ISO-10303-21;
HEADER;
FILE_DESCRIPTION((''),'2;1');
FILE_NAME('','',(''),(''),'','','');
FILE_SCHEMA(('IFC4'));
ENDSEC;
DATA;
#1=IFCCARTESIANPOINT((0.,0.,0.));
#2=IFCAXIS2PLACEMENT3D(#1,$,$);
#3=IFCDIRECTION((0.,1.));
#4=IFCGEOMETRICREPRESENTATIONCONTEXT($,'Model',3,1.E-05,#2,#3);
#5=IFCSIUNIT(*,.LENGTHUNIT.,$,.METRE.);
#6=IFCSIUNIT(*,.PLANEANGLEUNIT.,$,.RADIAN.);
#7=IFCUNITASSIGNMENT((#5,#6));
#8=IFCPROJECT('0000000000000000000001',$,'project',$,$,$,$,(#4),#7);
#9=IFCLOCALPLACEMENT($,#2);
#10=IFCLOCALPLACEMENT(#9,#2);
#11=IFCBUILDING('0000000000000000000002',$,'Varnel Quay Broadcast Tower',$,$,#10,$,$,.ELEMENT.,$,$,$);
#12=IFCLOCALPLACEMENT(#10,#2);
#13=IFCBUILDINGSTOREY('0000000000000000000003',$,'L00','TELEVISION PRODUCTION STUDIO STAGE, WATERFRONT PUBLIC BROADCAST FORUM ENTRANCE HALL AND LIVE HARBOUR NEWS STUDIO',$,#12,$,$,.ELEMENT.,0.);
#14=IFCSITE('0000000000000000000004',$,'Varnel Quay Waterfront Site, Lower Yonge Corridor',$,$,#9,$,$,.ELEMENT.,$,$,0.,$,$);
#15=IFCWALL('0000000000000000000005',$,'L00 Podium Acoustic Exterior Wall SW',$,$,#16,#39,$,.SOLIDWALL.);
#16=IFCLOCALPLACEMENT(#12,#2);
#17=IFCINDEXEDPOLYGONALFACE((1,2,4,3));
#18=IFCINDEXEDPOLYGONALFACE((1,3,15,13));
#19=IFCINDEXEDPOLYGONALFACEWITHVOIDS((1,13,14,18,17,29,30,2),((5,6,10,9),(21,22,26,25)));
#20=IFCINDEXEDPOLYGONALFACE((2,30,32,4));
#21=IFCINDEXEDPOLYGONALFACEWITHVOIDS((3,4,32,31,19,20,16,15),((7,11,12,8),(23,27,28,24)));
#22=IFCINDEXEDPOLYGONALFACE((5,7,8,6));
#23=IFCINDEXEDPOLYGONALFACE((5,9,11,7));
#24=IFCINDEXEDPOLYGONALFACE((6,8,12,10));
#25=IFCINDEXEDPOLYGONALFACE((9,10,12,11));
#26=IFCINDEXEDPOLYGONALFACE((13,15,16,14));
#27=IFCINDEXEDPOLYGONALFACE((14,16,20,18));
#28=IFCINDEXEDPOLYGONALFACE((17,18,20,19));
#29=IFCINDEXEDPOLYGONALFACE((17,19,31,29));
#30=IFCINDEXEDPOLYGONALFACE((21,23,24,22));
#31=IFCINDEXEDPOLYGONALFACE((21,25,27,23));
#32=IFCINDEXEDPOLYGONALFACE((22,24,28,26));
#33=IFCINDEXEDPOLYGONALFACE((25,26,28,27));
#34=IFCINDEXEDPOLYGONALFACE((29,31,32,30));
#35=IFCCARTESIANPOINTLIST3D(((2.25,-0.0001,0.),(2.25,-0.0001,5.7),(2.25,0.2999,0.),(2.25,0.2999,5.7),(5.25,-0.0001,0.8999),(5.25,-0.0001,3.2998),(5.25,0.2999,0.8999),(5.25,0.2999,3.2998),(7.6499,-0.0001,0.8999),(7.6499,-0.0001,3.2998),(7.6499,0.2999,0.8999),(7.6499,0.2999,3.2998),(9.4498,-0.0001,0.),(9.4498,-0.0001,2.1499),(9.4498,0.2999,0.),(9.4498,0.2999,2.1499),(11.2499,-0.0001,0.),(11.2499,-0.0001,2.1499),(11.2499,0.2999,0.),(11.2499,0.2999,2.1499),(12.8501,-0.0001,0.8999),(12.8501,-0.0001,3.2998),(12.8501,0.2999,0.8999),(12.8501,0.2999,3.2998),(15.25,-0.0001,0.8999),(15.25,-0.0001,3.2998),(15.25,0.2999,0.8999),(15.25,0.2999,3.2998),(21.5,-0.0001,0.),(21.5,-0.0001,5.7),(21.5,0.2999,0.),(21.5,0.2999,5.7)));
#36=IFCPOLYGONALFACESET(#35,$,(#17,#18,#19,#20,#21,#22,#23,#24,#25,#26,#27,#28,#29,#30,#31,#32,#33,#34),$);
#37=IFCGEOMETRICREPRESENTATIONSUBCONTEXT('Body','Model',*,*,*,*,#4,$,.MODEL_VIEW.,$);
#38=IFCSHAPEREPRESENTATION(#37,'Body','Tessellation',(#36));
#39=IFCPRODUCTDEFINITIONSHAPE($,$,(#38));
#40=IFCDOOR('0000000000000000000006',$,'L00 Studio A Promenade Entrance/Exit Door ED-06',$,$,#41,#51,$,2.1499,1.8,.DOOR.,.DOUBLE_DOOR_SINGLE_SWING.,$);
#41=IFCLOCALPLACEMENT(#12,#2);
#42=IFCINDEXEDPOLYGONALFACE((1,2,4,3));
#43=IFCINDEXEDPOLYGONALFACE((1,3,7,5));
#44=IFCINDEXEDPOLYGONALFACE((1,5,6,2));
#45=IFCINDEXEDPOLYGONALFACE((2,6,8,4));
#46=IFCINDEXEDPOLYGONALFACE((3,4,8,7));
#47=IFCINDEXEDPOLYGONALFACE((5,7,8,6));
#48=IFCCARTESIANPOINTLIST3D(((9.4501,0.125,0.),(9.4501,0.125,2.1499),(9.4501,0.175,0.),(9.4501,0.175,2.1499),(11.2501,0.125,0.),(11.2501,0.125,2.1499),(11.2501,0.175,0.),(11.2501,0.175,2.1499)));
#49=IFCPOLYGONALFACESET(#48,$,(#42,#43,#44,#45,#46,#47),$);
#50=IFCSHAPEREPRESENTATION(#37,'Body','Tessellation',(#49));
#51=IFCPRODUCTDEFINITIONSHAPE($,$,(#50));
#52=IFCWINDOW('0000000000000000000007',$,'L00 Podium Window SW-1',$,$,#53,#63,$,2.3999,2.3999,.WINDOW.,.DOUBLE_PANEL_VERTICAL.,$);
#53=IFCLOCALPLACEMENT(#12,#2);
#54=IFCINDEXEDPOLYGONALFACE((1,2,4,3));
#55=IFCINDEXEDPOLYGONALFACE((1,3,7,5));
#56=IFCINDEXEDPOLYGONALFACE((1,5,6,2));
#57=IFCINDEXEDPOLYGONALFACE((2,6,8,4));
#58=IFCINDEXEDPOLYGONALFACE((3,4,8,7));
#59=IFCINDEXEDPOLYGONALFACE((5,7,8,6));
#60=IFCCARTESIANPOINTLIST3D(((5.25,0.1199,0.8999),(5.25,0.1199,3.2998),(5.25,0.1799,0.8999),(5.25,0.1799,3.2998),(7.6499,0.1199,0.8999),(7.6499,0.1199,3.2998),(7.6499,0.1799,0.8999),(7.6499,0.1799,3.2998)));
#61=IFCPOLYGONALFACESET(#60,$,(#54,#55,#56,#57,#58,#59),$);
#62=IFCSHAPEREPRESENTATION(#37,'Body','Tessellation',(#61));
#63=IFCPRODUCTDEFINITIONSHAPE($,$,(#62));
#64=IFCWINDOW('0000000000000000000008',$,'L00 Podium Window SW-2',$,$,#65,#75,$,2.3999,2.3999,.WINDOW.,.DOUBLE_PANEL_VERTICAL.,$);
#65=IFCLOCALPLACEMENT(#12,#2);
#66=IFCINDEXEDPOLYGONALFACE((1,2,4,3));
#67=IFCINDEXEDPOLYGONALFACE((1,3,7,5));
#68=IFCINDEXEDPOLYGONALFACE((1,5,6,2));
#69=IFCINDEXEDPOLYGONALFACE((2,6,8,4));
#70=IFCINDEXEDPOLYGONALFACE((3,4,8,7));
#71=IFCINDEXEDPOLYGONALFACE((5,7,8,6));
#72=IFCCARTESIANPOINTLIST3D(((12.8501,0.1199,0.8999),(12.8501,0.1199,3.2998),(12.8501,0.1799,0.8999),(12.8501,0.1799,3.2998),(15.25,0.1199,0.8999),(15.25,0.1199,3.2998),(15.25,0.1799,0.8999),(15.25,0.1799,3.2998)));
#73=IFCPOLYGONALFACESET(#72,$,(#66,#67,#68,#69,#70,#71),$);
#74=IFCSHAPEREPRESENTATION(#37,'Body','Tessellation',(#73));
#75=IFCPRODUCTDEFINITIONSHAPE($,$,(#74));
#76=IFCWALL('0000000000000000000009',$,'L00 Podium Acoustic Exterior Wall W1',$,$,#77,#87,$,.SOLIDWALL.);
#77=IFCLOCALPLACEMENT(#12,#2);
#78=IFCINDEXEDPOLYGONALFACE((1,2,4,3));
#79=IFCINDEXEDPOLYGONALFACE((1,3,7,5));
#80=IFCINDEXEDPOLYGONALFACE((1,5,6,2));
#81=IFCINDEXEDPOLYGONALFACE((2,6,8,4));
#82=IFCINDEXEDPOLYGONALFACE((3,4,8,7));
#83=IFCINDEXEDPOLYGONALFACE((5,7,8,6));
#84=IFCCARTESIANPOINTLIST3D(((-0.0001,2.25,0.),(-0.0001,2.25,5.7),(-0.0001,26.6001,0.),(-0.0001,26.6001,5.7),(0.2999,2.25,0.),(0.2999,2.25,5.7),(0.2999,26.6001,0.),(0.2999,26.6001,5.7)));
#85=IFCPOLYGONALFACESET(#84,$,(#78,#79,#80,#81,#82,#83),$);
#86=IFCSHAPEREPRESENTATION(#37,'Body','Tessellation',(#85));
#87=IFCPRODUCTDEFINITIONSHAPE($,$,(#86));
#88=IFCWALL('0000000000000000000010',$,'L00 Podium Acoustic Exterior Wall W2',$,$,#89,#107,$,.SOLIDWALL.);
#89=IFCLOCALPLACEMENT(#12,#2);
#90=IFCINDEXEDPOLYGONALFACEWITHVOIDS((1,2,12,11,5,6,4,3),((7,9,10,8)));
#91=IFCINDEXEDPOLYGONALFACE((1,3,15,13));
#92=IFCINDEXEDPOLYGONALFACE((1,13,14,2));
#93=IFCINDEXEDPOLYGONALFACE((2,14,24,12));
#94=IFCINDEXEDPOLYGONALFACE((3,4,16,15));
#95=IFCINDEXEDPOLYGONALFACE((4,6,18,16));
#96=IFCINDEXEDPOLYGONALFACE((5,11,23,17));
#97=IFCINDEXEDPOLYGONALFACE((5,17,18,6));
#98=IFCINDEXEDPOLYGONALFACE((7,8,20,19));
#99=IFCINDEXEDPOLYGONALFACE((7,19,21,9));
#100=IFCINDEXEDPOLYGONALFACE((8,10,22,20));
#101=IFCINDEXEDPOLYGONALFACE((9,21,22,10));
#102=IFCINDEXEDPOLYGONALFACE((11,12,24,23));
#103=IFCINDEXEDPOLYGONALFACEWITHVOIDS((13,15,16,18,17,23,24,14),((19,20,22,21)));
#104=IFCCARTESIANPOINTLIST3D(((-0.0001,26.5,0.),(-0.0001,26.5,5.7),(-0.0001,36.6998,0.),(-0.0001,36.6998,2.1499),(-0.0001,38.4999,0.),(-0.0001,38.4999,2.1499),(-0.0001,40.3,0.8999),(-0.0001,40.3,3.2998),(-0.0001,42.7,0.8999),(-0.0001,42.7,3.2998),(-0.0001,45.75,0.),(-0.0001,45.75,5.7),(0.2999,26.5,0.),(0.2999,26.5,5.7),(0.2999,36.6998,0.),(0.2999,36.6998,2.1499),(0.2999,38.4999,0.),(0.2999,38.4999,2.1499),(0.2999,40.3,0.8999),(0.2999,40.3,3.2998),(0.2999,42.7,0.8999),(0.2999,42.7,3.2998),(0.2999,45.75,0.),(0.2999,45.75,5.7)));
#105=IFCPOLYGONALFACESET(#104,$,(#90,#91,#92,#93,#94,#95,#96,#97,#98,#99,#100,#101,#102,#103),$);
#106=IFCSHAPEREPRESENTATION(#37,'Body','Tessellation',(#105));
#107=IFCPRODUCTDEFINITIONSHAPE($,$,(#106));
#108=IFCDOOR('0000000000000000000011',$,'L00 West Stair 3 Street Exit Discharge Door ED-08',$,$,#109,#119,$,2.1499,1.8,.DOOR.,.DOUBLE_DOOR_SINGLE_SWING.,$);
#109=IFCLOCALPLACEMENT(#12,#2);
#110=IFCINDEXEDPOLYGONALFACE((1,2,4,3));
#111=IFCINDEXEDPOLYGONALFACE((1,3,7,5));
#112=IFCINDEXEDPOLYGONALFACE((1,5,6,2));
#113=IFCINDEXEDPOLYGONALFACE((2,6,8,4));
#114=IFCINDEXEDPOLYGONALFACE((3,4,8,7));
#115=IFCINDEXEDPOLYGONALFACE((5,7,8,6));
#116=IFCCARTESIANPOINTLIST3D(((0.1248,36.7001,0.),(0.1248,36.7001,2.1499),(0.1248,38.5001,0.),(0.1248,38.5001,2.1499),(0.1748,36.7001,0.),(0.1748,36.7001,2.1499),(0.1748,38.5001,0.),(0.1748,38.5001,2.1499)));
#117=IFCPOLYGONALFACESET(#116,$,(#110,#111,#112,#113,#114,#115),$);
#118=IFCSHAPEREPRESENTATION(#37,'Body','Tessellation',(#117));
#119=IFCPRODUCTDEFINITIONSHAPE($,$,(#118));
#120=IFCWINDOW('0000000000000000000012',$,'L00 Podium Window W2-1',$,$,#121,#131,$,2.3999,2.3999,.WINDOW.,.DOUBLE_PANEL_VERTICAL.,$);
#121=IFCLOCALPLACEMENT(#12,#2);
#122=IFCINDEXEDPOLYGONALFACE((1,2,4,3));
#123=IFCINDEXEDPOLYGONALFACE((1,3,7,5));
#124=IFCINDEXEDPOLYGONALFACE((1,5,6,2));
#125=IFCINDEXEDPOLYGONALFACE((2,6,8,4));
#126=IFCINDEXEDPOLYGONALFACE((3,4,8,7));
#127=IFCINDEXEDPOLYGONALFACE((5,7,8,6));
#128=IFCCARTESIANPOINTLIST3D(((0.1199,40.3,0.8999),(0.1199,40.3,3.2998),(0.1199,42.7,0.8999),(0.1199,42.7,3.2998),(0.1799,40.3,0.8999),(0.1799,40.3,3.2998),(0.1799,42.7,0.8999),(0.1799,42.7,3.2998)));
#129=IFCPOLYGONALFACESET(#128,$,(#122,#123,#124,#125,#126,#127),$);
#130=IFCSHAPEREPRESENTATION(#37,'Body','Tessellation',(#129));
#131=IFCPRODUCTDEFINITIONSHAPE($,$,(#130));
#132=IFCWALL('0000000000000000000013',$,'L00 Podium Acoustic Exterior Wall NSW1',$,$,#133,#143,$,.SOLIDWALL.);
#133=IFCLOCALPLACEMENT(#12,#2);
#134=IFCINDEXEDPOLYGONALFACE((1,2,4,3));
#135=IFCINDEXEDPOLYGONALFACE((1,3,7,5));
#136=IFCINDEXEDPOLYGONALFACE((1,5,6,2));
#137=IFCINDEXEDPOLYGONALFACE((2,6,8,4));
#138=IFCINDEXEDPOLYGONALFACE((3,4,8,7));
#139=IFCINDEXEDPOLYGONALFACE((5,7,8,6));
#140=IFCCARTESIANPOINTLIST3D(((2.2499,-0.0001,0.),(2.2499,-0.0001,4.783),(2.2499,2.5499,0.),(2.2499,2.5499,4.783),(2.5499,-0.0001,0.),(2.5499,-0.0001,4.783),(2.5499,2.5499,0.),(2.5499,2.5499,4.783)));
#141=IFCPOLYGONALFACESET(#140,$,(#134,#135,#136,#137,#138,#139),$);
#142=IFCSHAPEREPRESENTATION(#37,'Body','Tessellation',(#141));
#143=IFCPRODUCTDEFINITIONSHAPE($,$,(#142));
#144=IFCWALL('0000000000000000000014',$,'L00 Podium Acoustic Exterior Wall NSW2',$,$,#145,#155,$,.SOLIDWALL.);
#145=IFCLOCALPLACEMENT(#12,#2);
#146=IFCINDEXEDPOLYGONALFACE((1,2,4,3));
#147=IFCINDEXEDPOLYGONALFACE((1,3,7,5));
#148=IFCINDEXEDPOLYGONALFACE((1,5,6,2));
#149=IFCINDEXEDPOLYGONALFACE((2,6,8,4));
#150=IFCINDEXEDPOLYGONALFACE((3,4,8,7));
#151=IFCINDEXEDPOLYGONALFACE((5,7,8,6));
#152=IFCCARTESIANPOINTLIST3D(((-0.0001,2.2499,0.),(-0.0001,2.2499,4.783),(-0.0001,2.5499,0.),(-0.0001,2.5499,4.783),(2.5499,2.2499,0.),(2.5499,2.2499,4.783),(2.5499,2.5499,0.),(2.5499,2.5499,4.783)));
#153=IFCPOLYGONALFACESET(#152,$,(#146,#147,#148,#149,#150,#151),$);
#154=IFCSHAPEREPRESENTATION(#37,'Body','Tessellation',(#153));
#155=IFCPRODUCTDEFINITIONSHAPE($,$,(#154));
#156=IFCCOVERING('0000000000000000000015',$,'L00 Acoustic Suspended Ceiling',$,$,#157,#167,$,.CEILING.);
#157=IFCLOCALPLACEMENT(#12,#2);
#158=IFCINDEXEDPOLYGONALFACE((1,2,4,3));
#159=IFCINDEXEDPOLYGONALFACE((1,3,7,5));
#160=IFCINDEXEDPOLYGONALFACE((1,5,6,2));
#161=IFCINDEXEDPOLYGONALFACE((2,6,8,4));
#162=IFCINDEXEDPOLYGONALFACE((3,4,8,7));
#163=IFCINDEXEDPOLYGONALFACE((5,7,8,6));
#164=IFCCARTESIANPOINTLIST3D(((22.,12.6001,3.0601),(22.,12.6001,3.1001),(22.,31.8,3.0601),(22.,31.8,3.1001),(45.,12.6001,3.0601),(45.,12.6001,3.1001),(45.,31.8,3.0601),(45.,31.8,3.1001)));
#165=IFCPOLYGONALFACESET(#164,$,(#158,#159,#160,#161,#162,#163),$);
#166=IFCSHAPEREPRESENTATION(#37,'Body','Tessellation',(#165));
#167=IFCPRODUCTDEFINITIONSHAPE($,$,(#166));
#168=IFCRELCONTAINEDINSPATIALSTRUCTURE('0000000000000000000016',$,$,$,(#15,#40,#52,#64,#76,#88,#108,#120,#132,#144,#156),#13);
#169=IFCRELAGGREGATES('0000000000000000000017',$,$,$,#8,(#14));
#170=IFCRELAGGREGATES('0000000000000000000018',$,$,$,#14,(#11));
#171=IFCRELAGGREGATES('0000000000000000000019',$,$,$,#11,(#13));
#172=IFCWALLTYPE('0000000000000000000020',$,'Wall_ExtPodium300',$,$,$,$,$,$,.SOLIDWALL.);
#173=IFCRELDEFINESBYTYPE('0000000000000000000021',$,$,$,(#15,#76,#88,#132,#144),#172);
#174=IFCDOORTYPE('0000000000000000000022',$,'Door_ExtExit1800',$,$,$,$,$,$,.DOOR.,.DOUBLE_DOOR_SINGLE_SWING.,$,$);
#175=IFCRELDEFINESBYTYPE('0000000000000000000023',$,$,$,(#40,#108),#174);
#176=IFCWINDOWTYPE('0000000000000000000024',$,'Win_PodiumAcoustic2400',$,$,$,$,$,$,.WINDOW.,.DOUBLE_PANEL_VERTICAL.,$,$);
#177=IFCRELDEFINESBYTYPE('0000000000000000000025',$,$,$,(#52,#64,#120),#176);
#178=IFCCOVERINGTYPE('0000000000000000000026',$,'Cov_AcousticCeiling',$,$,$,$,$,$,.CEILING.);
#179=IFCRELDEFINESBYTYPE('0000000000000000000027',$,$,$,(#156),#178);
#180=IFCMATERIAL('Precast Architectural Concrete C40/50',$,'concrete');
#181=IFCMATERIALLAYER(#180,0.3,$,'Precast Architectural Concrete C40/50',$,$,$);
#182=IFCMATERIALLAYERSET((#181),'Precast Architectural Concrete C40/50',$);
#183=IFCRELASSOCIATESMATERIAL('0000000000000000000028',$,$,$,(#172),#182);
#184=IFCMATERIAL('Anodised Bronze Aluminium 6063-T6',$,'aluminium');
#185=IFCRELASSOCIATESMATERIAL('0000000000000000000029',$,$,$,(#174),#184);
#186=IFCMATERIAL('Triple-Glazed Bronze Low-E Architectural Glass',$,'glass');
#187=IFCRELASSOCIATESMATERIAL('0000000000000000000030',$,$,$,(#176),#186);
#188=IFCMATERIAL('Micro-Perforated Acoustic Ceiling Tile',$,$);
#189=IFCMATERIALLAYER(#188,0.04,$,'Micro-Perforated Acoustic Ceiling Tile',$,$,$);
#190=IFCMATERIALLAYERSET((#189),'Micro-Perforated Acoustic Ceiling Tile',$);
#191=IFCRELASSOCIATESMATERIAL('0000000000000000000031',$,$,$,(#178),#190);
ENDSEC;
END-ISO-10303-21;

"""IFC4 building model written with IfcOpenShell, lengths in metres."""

from ifc_helpers import new_model, si_unit, direction, frame, frame_2d, origin, place, context, subcontext, project, spatial, polyline, rectangle, outline, extrude, source, transform, mapped, material, layer, layer_set, type_object, type_shapes, element, fill, save


model = new_model("IFC4")

# Units and contexts
model_context = context("Model", 3, precision=1e-05, world=origin(), true_north=direction((0.0, 1.0)))
body_context = subcontext(model_context, "Body", "Model", "MODEL_VIEW")
ifc_project = project(units=[si_unit("LENGTHUNIT", "METRE"), si_unit("PLANEANGLEUNIT", "RADIAN")], contexts=[model_context])

# Site, building, storey
site_placement = place(None, origin())
site = spatial("IfcSite", under=ifc_project, at=site_placement, Name="Varnel Quay Waterfront Site, Lower Yonge Corridor", CompositionType="ELEMENT", RefElevation=0.0)
building_placement = place(site_placement, origin())
building = spatial("IfcBuilding", under=site, at=building_placement, Name="Varnel Quay Broadcast Tower", CompositionType="ELEMENT")
storey_placement = place(building_placement, origin())
storey = spatial("IfcBuildingStorey", under=building, at=storey_placement, Name="L00", Description="TELEVISION PRODUCTION STUDIO STAGE, WATERFRONT PUBLIC BROADCAST FORUM ENTRANCE HALL AND LIVE HARBOUR NEWS STUDIO", CompositionType="ELEMENT", Elevation=0.0)

# Wall, openings, door, windows
ifc_material_1 = material(Name="Precast Architectural Concrete C40/50", Category="concrete")
ifc_layer_1 = layer(ifc_material_1, 0.3, Name="Precast Architectural Concrete C40/50")
ifc_layer_set_1 = layer_set([ifc_layer_1], Name="Precast Architectural Concrete C40/50")
wall_type = type_object("IfcWallType", Name="Wall_ExtPodium300", PredefinedType="SOLIDWALL", material=ifc_layer_set_1)
wall_1_placement = place(storey_placement, frame((2.25, 0.1499, 0.0), z_axis=(0.0, 0.0, 1.0), x_axis=(1.0, 0.0, 0.0)))
wall_1 = element("IfcWall", 1, at=wall_1_placement, inside=storey, type_object=wall_type, Name="L00 Podium Acoustic Exterior Wall SW", PredefinedType="SOLIDWALL", context=body_context, shape_type="SweptSolid", body=[
    extrude(rectangle(XDim=19.25, YDim=0.3, at=frame_2d((9.625, 0.0))), origin(), (0.0, 0.0, 1.0), 5.7),
])
opening_1_placement = place(wall_1_placement, frame((7.2, 0.0, 0.0)))
opening_1 = element("IfcOpeningElement", 2, at=opening_1_placement, cuts=wall_1, PredefinedType="OPENING", context=body_context, shape_type="SweptSolid", body=[
    extrude(rectangle(XDim=1.8, YDim=2.1499, at=frame_2d((0.8999, 1.075))), frame((0.0, 0.1602, 0.0), z_axis=(0.0, -1.0, 0.0), x_axis=(1.0, 0.0, 0.0)), (0.0, 0.0, 1.0), 0.3201),
])
opening_2_placement = place(wall_1_placement, frame((3.0, 0.0, 0.8999)))
opening_2 = element("IfcOpeningElement", 3, at=opening_2_placement, cuts=wall_1, PredefinedType="OPENING", context=body_context, shape_type="SweptSolid", body=[
    extrude(rectangle(XDim=2.3999, YDim=2.3999, at=frame_2d((1.2, 1.2))), frame((0.0, 0.1602, 0.0), z_axis=(0.0, -1.0, 0.0), x_axis=(1.0, 0.0, 0.0)), (0.0, 0.0, 1.0), 0.3201),
])
opening_3_placement = place(wall_1_placement, frame((10.6001, 0.0, 0.8999)))
opening_3 = element("IfcOpeningElement", 4, at=opening_3_placement, cuts=wall_1, PredefinedType="OPENING", context=body_context, shape_type="SweptSolid", body=[
    extrude(rectangle(XDim=2.3999, YDim=2.3999, at=frame_2d((1.2, 1.2))), frame((0.0, 0.1602, 0.0), z_axis=(0.0, -1.0, 0.0), x_axis=(1.0, 0.0, 0.0)), (0.0, 0.0, 1.0), 0.3201),
])
ifc_material_2 = material(Name="Anodised Bronze Aluminium 6063-T6", Category="aluminium")
door_type = type_object("IfcDoorType", Name="Door_ExtExit1800", OperationType="DOUBLE_DOOR_SINGLE_SWING", PredefinedType="DOOR", material=ifc_material_2)
shared_shape_1 = source(origin(), body_context, "Body", "SweptSolid", [
    extrude(rectangle(XDim=1.8, YDim=2.1499, at=frame_2d((0.8999, 1.075))), frame((0.0, 0.0249, 0.0), z_axis=(0.0, -1.0, 0.0), x_axis=(1.0, 0.0, 0.0)), (0.0, 0.0, 1.0), 0.05),
])
type_shapes(door_type, [shared_shape_1])
door_1_placement = place(opening_1_placement, frame((1.8, 0.0, 0.0), z_axis=(0.0, 0.0, 1.0), x_axis=(-1.0, 0.0, 0.0)))
door_1 = element("IfcDoor", 5, at=door_1_placement, inside=storey, type_object=door_type, Name="L00 Studio A Promenade Entrance/Exit Door ED-06", OperationType="DOUBLE_DOOR_SINGLE_SWING", OverallHeight=2.1499, OverallWidth=1.8, PredefinedType="DOOR", context=body_context, shape_type="MappedRepresentation", body=[
    mapped(shared_shape_1, transform((0.0, 0.0, 0.0), x_axis=(1.0, 0.0, 0.0), y_axis=(0.0, 1.0, 0.0), z_axis=(0.0, 0.0, 1.0), scale=1.0)),
])
fill(opening_1, door_1)
ifc_material_3 = material(Name="Triple-Glazed Bronze Low-E Architectural Glass", Category="glass")
window_type = type_object("IfcWindowType", Name="Win_PodiumAcoustic2400", PartitioningType="DOUBLE_PANEL_VERTICAL", PredefinedType="WINDOW", material=ifc_material_3)
shared_shape_2 = source(origin(), body_context, "Body", "SweptSolid", [
    extrude(rectangle(XDim=2.3999, YDim=2.3999, at=frame_2d((1.2, 1.2))), frame((0.0, 0.03, 0.0), z_axis=(0.0, -1.0, 0.0), x_axis=(1.0, 0.0, 0.0)), (0.0, 0.0, 1.0), 0.0601),
])
type_shapes(window_type, [shared_shape_2])
window_1_placement = place(opening_2_placement, origin())
window_1 = element("IfcWindow", 6, at=window_1_placement, inside=storey, type_object=window_type, Name="L00 Podium Window SW-1", OverallHeight=2.3999, OverallWidth=2.3999, PartitioningType="DOUBLE_PANEL_VERTICAL", PredefinedType="WINDOW", context=body_context, shape_type="MappedRepresentation", body=[
    mapped(shared_shape_2, transform((0.0, 0.0, 0.0), x_axis=(1.0, 0.0, 0.0), y_axis=(0.0, 1.0, 0.0), z_axis=(0.0, 0.0, 1.0), scale=1.0)),
])
fill(opening_2, window_1)
window_2_placement = place(opening_3_placement, origin())
window_2 = element("IfcWindow", 7, at=window_2_placement, inside=storey, type_object=window_type, Name="L00 Podium Window SW-2", OverallHeight=2.3999, OverallWidth=2.3999, PartitioningType="DOUBLE_PANEL_VERTICAL", PredefinedType="WINDOW", context=body_context, shape_type="MappedRepresentation", body=[
    mapped(shared_shape_2, transform((0.0, 0.0, 0.0), x_axis=(1.0, 0.0, 0.0), y_axis=(0.0, 1.0, 0.0), z_axis=(0.0, 0.0, 1.0), scale=1.0)),
])
fill(opening_3, window_2)

# Wall
wall_2_placement = place(storey_placement, frame((0.1499, 2.25, 0.0), z_axis=(0.0, 0.0, 1.0), x_axis=(0.0, 1.0, 0.0)))
element("IfcWall", 8, at=wall_2_placement, inside=storey, type_object=wall_type, Name="L00 Podium Acoustic Exterior Wall W1", PredefinedType="SOLIDWALL", context=body_context, shape_type="SweptSolid", body=[
    extrude(rectangle(XDim=24.3501, YDim=0.3, at=frame_2d((12.175, 0.0))), origin(), (0.0, 0.0, 1.0), 5.7),
])

# Wall, openings, door, window
wall_3_placement = place(storey_placement, frame((0.1499, 26.5, 0.0), z_axis=(0.0, 0.0, 1.0), x_axis=(0.0, 1.0, 0.0)))
wall_3 = element("IfcWall", 9, at=wall_3_placement, inside=storey, type_object=wall_type, Name="L00 Podium Acoustic Exterior Wall W2", PredefinedType="SOLIDWALL", context=body_context, shape_type="SweptSolid", body=[
    extrude(rectangle(XDim=19.25, YDim=0.3, at=frame_2d((9.625, 0.0))), origin(), (0.0, 0.0, 1.0), 5.7),
])
opening_4_placement = place(wall_3_placement, frame((10.2, 0.0, 0.0)))
opening_4 = element("IfcOpeningElement", 10, at=opening_4_placement, cuts=wall_3, PredefinedType="OPENING", context=body_context, shape_type="SweptSolid", body=[
    extrude(rectangle(XDim=1.8, YDim=2.1499, at=frame_2d((0.8999, 1.075))), frame((0.0, 0.1602, 0.0), z_axis=(0.0, -1.0, 0.0), x_axis=(1.0, 0.0, 0.0)), (0.0, 0.0, 1.0), 0.3201),
])
opening_5_placement = place(wall_3_placement, frame((13.8, 0.0, 0.8999)))
opening_5 = element("IfcOpeningElement", 11, at=opening_5_placement, cuts=wall_3, PredefinedType="OPENING", context=body_context, shape_type="SweptSolid", body=[
    extrude(rectangle(XDim=2.3999, YDim=2.3999, at=frame_2d((1.2, 1.2))), frame((0.0, 0.1602, 0.0), z_axis=(0.0, -1.0, 0.0), x_axis=(1.0, 0.0, 0.0)), (0.0, 0.0, 1.0), 0.3201),
])
door_2_placement = place(opening_4_placement, frame((1.8, 0.0, 0.0), z_axis=(0.0, 0.0, 1.0), x_axis=(-1.0, 0.0, 0.0)))
door_2 = element("IfcDoor", 12, at=door_2_placement, inside=storey, type_object=door_type, Name="L00 West Stair 3 Street Exit Discharge Door ED-08", OperationType="DOUBLE_DOOR_SINGLE_SWING", OverallHeight=2.1499, OverallWidth=1.8, PredefinedType="DOOR", context=body_context, shape_type="MappedRepresentation", body=[
    mapped(shared_shape_1, transform((0.0, 0.0, 0.0), x_axis=(1.0, 0.0, 0.0), y_axis=(0.0, 1.0, 0.0), z_axis=(0.0, 0.0, 1.0), scale=1.0)),
])
fill(opening_4, door_2)
window_3_placement = place(opening_5_placement, origin())
window_3 = element("IfcWindow", 13, at=window_3_placement, inside=storey, type_object=window_type, Name="L00 Podium Window W2-1", OverallHeight=2.3999, OverallWidth=2.3999, PartitioningType="DOUBLE_PANEL_VERTICAL", PredefinedType="WINDOW", context=body_context, shape_type="MappedRepresentation", body=[
    mapped(shared_shape_2, transform((0.0, 0.0, 0.0), x_axis=(1.0, 0.0, 0.0), y_axis=(0.0, 1.0, 0.0), z_axis=(0.0, 0.0, 1.0), scale=1.0)),
])
fill(opening_5, window_3)

# Walls
for number, where, z_axis, x_axis, name in (
    (14, (2.3999, 0.0, 0.0), (0.0, 0.0, 1.0), (0.0, 1.0, 0.0), "L00 Podium Acoustic Exterior Wall NSW1"),
    (15, (0.0, 2.3999, 0.0), (0.0, 0.0, 1.0), (1.0, 0.0, 0.0), "L00 Podium Acoustic Exterior Wall NSW2"),
):
    element("IfcWall", number, at=place(storey_placement, frame(where, z_axis=z_axis, x_axis=x_axis)), inside=storey, type_object=wall_type, Name=name, PredefinedType="SOLIDWALL", context=body_context, shape_type="SweptSolid", body=[
        extrude(rectangle(XDim=2.55, YDim=0.3, at=frame_2d((1.2749, 0.0))), origin(), (0.0, 0.0, 1.0), 4.783),
    ])

# Covering
ifc_material_4 = material(Name="Micro-Perforated Acoustic Ceiling Tile")
ifc_layer_2 = layer(ifc_material_4, 0.04, Name="Micro-Perforated Acoustic Ceiling Tile")
ifc_layer_set_2 = layer_set([ifc_layer_2], Name="Micro-Perforated Acoustic Ceiling Tile")
covering_type_1 = type_object("IfcCoveringType", Name="Cov_AcousticCeiling", PredefinedType="CEILING", material=ifc_layer_set_2)
covering_1_placement = place(storey_placement, frame((0.0, 0.0, 3.0601)))
element("IfcCovering", 16, at=covering_1_placement, inside=storey, type_object=covering_type_1, Name="L00 Acoustic Suspended Ceiling", PredefinedType="CEILING", context=body_context, shape_type="SweptSolid", body=[
    extrude(outline(polyline([(22.0, 12.6001), (45.0, 12.6001), (45.0, 31.8), (22.0, 31.8), (22.0, 12.6001)])), origin(), (0.0, 0.0, 1.0), 0.04),
])

save(model, "model.ifc")
